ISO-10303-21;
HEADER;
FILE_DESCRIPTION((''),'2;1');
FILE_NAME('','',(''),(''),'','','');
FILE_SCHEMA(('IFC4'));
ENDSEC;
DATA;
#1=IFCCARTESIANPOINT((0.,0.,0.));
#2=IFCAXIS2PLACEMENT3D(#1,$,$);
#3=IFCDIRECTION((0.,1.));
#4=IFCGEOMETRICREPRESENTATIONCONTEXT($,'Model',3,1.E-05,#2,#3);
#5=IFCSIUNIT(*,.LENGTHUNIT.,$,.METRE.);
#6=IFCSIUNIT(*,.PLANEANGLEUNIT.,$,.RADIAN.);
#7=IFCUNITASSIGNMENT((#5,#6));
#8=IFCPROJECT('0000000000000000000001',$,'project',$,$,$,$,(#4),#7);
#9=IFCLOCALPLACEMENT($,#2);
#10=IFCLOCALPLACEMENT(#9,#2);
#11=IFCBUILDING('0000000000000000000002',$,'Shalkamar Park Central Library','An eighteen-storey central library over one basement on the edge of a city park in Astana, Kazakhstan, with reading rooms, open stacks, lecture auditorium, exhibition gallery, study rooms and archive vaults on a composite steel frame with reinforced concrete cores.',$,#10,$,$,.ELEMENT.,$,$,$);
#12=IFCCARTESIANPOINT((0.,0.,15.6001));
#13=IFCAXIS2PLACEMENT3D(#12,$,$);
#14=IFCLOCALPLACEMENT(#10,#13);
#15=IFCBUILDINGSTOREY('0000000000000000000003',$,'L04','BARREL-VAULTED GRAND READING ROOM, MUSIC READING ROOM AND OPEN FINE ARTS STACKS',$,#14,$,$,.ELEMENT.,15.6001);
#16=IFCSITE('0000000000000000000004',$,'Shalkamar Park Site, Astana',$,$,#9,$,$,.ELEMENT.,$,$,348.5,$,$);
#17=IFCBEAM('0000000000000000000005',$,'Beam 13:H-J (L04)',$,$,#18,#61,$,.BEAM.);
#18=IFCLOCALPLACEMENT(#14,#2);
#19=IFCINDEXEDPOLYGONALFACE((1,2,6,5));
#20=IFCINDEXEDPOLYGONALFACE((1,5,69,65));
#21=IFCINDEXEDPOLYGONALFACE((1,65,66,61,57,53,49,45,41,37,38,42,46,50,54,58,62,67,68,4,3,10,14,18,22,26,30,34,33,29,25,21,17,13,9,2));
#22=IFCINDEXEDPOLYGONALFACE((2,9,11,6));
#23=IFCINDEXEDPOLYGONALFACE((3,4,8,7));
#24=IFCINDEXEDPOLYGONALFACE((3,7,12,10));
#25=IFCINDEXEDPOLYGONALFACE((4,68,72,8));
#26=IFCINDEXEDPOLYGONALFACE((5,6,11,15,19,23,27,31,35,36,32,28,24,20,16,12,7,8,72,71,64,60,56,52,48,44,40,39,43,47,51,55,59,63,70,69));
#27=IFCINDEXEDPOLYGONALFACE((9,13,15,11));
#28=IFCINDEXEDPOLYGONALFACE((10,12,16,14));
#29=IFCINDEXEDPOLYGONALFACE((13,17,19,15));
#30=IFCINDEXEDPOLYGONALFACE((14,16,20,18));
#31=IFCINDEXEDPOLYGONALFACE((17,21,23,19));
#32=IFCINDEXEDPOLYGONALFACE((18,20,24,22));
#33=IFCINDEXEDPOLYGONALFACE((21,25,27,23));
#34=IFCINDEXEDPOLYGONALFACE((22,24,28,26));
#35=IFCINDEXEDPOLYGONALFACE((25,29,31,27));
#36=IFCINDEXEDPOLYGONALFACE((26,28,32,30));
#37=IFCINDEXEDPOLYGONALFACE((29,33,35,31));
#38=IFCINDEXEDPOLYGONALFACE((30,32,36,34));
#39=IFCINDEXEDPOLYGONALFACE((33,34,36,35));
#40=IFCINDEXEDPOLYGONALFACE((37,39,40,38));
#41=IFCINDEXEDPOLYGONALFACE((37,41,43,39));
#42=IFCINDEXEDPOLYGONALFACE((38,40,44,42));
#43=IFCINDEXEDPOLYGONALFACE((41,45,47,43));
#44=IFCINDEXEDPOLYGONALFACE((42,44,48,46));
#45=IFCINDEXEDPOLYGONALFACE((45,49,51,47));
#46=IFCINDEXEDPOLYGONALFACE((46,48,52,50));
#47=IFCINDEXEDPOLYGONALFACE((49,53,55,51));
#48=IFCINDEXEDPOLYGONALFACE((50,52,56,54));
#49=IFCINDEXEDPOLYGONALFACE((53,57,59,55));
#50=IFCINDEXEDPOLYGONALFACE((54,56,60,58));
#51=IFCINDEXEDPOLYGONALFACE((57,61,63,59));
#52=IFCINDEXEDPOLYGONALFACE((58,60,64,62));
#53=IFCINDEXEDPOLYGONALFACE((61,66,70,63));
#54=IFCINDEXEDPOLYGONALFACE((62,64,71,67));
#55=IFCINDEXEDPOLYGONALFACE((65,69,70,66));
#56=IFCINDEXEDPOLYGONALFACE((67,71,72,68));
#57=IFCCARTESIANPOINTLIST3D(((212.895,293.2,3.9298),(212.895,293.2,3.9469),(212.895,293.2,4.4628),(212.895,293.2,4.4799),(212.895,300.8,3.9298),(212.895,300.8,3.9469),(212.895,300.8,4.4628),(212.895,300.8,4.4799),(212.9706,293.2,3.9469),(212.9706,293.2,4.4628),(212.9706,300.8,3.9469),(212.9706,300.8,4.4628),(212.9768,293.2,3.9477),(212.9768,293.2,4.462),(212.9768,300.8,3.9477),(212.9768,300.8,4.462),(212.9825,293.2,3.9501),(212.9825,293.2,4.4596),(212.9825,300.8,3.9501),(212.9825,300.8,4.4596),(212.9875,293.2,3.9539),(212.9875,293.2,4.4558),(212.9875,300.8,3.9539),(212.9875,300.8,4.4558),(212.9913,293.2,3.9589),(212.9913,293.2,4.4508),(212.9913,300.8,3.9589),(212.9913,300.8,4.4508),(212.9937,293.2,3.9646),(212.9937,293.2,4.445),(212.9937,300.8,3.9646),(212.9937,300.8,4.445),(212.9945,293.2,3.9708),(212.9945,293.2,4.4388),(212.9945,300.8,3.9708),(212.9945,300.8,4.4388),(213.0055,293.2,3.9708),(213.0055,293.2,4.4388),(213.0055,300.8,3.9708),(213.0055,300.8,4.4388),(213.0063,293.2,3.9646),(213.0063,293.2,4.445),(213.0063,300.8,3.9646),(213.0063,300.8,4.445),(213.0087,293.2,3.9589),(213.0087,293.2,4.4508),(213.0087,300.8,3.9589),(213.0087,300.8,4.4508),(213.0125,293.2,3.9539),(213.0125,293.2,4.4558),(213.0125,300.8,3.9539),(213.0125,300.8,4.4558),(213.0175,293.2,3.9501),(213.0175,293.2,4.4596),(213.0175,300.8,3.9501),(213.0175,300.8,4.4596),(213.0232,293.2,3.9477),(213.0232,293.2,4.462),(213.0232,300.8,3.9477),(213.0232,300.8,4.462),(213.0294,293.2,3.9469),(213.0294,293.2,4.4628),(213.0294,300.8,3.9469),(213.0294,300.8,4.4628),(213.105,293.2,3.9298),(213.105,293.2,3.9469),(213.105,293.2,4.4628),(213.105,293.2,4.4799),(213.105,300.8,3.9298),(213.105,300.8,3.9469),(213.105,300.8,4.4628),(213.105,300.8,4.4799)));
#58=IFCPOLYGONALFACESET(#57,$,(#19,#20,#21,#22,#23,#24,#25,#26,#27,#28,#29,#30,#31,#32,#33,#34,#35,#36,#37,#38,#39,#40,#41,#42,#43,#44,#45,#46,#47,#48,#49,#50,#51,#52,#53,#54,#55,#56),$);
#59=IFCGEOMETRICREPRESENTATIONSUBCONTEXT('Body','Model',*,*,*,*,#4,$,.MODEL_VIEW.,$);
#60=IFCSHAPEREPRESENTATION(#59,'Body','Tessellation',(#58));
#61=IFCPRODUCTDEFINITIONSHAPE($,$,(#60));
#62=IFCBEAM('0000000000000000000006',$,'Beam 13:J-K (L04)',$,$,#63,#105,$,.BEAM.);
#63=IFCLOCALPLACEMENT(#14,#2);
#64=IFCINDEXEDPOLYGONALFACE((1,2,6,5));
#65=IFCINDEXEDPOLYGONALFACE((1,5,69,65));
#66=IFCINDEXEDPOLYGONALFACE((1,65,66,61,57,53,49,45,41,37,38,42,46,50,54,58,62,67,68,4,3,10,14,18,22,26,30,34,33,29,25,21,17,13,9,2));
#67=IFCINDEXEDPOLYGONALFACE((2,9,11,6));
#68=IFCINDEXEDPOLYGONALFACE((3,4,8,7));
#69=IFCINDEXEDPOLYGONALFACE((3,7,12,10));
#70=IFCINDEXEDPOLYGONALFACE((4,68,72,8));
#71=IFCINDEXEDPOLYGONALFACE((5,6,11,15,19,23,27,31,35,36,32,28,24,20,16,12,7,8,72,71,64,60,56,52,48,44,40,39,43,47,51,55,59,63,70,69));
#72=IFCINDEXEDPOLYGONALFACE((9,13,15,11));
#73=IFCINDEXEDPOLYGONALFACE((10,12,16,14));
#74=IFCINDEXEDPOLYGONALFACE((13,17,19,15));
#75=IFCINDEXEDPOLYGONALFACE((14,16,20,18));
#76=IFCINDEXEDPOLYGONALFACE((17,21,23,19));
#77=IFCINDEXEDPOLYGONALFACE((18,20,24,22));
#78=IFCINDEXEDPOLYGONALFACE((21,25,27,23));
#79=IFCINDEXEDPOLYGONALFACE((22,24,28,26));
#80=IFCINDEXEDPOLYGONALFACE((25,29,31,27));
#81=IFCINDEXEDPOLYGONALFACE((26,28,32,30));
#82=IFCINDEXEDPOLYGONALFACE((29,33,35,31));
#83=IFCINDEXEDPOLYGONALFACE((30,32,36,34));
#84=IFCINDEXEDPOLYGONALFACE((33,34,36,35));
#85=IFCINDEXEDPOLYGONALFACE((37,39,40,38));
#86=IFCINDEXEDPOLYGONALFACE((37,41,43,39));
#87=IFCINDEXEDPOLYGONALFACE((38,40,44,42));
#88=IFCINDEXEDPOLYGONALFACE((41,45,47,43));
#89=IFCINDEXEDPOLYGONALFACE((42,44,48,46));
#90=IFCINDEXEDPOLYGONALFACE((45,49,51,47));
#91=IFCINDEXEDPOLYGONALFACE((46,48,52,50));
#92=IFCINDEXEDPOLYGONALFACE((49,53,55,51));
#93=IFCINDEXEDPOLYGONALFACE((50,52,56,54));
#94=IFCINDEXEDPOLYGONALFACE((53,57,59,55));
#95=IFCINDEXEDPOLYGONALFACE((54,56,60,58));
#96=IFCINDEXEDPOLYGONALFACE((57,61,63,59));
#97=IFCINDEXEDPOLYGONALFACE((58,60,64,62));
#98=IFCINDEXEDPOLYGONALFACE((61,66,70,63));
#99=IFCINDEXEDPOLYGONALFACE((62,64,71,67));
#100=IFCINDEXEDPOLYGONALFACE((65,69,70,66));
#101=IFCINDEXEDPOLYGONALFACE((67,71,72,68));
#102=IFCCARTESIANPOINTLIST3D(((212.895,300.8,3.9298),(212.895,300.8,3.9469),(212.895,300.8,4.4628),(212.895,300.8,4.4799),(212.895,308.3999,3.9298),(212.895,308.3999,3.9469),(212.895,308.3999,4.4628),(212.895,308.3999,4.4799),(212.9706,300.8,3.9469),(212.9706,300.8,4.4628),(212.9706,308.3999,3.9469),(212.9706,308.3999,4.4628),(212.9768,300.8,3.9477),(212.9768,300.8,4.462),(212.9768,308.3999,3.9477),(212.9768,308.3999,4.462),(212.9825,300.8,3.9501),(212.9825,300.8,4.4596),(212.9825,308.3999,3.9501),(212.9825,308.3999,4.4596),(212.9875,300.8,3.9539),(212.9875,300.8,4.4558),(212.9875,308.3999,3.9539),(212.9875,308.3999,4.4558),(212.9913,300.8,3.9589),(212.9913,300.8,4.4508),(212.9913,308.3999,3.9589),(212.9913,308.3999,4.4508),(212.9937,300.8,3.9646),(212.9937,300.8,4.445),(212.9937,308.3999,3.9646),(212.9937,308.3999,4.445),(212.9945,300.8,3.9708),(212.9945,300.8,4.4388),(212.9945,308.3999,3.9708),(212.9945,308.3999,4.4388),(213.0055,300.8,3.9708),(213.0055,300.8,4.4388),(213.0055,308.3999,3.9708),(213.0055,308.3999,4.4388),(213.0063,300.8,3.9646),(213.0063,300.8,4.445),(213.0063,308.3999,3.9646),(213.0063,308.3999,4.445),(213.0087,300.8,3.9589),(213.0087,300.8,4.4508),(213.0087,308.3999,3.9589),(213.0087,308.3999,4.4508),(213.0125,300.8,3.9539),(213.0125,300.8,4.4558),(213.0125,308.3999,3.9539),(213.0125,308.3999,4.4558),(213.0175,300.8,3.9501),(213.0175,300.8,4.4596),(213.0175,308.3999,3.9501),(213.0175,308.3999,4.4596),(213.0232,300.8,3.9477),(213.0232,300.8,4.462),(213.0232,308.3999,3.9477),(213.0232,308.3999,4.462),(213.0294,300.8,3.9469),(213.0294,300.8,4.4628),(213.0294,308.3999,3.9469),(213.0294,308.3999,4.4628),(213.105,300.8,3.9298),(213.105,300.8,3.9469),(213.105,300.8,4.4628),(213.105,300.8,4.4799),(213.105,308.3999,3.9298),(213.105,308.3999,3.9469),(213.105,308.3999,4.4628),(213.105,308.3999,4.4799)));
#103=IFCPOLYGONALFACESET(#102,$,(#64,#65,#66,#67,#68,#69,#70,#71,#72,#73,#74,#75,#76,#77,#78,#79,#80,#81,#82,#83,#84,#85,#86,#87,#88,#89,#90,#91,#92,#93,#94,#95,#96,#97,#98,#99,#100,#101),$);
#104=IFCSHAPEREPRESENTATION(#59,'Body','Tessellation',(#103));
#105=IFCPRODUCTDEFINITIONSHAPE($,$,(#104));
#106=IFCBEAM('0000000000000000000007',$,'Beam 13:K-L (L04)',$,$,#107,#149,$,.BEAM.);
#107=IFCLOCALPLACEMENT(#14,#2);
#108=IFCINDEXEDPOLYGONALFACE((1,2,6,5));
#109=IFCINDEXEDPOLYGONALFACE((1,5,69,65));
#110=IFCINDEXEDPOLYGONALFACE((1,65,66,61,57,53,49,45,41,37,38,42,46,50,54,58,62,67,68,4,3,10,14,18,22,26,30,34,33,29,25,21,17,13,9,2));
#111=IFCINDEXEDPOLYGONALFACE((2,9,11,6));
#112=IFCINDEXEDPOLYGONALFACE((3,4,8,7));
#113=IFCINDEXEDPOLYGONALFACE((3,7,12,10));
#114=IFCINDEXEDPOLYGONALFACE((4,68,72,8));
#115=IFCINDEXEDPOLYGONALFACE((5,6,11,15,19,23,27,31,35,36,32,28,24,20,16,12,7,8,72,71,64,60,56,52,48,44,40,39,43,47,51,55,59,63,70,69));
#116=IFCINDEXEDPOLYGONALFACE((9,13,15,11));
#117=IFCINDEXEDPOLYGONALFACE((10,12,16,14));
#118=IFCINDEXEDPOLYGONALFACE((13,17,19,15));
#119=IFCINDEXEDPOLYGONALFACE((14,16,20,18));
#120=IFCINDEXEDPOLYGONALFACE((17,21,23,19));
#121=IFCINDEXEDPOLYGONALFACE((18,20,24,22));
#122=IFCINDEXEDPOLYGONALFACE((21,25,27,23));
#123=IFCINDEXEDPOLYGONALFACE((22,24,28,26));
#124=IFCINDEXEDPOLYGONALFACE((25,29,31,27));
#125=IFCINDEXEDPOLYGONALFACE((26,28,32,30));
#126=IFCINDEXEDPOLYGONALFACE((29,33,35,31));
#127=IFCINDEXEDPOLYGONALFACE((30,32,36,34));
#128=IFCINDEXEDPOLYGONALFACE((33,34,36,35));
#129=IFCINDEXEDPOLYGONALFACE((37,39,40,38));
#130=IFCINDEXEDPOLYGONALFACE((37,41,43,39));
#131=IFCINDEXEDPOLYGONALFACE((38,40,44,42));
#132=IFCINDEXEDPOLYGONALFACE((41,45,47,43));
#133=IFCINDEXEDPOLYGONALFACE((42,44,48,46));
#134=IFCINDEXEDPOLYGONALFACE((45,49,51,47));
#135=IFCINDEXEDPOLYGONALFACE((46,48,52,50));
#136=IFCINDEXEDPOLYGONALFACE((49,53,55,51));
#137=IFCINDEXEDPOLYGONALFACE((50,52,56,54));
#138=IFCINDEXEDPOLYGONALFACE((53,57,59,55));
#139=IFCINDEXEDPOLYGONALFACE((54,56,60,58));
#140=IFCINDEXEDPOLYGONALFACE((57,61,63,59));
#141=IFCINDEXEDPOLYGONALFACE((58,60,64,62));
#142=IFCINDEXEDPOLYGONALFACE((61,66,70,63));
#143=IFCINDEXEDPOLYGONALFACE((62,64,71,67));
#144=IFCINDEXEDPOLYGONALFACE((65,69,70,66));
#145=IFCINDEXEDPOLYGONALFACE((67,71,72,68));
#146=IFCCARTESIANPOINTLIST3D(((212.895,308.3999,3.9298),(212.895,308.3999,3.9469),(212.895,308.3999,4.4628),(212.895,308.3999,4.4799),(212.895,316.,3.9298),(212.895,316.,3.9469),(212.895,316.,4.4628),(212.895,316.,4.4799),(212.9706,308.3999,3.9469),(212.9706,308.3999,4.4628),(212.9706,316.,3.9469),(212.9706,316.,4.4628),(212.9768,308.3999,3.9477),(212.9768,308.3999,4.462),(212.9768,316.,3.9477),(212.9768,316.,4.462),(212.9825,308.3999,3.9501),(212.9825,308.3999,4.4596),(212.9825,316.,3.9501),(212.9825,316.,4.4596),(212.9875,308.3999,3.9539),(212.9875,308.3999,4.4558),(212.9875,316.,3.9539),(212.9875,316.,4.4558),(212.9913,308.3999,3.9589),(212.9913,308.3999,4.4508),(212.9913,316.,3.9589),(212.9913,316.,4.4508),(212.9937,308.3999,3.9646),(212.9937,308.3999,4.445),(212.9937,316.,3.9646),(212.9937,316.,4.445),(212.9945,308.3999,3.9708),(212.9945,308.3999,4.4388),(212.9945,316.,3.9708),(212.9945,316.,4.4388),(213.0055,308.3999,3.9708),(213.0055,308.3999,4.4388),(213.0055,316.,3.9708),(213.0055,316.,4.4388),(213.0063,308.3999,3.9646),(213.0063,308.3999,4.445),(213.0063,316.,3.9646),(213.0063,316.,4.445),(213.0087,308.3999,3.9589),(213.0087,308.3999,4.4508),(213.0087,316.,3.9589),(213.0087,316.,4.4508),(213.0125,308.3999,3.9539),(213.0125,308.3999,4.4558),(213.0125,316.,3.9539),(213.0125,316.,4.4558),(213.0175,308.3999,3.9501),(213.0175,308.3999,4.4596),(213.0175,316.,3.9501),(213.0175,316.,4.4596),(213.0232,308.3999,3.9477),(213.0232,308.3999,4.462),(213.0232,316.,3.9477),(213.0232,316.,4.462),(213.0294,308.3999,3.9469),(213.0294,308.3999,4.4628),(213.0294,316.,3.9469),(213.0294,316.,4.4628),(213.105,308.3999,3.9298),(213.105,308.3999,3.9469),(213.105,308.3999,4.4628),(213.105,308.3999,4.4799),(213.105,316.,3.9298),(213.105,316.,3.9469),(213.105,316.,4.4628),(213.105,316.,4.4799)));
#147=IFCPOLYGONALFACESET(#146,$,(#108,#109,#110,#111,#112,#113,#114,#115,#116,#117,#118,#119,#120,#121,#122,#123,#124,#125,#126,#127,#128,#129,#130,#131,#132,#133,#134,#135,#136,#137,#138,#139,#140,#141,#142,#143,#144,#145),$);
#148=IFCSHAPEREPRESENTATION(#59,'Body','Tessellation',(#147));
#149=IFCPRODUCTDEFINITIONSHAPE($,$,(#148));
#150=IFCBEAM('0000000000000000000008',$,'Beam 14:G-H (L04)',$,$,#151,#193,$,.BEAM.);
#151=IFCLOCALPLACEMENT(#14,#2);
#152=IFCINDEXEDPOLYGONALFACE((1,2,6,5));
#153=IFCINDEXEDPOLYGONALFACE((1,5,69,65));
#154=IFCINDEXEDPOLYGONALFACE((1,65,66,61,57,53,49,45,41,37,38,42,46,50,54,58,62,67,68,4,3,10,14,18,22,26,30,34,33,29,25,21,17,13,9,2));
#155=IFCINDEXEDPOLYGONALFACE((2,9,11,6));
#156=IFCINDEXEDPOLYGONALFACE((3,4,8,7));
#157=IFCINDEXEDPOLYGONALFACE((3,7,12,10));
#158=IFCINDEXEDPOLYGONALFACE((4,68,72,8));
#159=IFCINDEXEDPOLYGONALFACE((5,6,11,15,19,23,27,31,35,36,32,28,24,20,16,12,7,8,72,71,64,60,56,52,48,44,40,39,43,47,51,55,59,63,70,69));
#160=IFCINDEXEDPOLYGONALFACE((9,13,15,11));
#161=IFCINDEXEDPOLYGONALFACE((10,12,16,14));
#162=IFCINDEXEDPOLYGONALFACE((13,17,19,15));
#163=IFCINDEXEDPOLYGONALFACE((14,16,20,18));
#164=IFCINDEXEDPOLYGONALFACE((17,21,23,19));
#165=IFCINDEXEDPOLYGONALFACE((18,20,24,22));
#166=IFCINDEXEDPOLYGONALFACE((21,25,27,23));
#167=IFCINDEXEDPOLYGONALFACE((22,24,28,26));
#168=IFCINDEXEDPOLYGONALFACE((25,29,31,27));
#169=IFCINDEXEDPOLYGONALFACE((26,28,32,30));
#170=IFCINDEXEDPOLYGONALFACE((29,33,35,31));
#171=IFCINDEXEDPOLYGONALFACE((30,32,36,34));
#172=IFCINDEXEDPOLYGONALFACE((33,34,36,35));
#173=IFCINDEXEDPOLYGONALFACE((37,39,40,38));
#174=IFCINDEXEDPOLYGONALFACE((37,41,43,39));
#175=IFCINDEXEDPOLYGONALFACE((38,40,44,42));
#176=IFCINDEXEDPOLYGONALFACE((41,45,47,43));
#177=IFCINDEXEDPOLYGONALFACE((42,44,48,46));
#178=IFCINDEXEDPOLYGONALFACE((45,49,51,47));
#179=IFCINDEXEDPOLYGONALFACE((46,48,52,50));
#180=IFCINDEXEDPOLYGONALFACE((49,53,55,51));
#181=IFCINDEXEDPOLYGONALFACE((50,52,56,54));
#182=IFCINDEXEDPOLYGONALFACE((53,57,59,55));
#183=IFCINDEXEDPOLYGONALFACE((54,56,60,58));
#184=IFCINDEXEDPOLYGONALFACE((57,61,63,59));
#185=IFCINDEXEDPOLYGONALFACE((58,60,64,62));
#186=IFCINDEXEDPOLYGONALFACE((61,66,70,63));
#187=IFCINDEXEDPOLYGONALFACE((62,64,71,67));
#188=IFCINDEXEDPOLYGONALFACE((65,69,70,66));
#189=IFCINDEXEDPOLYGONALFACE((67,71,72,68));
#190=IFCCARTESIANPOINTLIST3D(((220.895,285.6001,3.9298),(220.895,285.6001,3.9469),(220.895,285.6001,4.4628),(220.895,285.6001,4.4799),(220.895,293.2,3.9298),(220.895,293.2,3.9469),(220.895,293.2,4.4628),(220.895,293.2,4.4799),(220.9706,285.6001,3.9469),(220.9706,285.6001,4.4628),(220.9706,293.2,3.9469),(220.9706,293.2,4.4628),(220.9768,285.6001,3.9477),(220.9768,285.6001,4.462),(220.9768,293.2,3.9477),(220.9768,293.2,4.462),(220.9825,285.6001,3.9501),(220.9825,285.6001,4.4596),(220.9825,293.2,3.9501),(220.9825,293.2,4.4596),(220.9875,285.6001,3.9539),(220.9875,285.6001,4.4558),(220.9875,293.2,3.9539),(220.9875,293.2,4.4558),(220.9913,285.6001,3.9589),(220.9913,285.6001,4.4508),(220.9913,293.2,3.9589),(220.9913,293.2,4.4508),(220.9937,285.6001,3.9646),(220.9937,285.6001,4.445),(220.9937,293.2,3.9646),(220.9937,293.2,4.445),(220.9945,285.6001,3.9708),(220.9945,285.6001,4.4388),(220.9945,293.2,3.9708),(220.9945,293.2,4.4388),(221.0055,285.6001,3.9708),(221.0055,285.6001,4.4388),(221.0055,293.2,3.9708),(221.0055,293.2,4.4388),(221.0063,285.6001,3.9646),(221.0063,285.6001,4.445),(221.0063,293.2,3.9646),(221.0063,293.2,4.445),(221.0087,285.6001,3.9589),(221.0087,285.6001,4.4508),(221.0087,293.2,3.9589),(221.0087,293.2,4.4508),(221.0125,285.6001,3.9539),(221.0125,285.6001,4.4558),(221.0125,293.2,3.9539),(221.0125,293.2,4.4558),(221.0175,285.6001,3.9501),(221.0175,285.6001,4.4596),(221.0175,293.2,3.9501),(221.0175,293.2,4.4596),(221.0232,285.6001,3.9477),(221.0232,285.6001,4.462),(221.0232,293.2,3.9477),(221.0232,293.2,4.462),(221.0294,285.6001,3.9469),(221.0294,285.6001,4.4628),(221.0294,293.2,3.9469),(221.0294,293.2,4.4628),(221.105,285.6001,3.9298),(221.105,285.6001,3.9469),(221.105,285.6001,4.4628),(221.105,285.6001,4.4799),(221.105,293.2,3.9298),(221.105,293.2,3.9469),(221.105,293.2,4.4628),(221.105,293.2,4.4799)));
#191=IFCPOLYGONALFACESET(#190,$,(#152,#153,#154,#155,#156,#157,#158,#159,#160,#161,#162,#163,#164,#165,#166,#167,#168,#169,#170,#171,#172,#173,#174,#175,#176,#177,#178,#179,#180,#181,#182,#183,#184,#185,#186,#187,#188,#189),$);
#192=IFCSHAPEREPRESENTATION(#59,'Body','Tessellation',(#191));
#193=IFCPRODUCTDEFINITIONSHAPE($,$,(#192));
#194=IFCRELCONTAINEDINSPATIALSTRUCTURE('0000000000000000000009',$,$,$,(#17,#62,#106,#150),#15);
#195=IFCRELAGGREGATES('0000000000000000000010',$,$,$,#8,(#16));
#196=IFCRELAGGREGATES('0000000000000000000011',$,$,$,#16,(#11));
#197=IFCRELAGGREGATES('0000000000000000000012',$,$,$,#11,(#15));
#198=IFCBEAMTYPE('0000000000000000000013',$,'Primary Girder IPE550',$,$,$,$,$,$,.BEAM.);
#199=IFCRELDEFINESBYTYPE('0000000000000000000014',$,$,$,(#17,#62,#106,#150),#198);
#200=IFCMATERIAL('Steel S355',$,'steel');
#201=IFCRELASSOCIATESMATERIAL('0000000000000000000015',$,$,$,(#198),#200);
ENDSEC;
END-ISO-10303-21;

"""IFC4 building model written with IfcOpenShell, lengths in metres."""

from ifc_helpers import new_model, si_unit, direction, frame, origin, origin_2d, place, context, subcontext, project, spatial, i_section, extrude, material, material_profile, profile_set, type_object, element, save


model = new_model("IFC4")

# Units and contexts
model_context = context("Model", 3, precision=1e-05, world=origin(), true_north=direction((0.0, 1.0)))
body_context = subcontext(model_context, "Body", "Model", "MODEL_VIEW")
ifc_project = project(units=[si_unit("LENGTHUNIT", "METRE"), si_unit("PLANEANGLEUNIT", "RADIAN")], contexts=[model_context])

# Site, building, storey
site_placement = place(None, origin())
site = spatial("IfcSite", under=ifc_project, at=site_placement, Name="Shalkamar Park Site, Astana", CompositionType="ELEMENT", RefElevation=348.5)
building_placement = place(site_placement, origin())
building = spatial("IfcBuilding", under=site, at=building_placement, Name="Shalkamar Park Central Library", Description="An eighteen-storey central library over one basement on the edge of a city park in Astana, Kazakhstan, with reading rooms, open stacks, lecture auditorium, exhibition gallery, study rooms and archive vaults on a composite steel frame with reinforced concrete cores.", CompositionType="ELEMENT")
storey_placement = place(building_placement, frame((0.0, 0.0, 15.6001)))
storey = spatial("IfcBuildingStorey", under=building, at=storey_placement, Name="L04", Description="BARREL-VAULTED GRAND READING ROOM, MUSIC READING ROOM AND OPEN FINE ARTS STACKS", CompositionType="ELEMENT", Elevation=15.6001)

# Shared definitions
ifc_material_1 = material(Name="Steel S355", Category="steel")

# Beams
ifc_material_profile_1 = material_profile(ifc_material_1, i_section(OverallWidth=0.21, OverallDepth=0.55, WebThickness=0.011, FlangeThickness=0.0171, FilletRadius=0.0239, at=origin_2d()), Name="IPE 550")
ifc_profile_set_1 = profile_set([ifc_material_profile_1], Name="Steel S355")
beam_type_1 = type_object("IfcBeamType", Name="Primary Girder IPE550", PredefinedType="BEAM", material=ifc_profile_set_1)
beam_1_placement = place(storey_placement, frame((213.0, 293.2, 4.2048), z_axis=(0.0, 1.0, 0.0), x_axis=(-1.0, 0.0, 0.0)))
element("IfcBeam", 1, at=beam_1_placement, inside=storey, type_object=beam_type_1, Name="Beam 13:H-J (L04)", PredefinedType="BEAM", context=body_context, shape_type="SweptSolid", body=[
    extrude(i_section(OverallWidth=0.21, OverallDepth=0.55, WebThickness=0.011, FlangeThickness=0.0171, FilletRadius=0.0239, at=origin_2d()), origin(), (0.0, 0.0, 1.0), 7.6001),
])
beam_2_placement = place(storey_placement, frame((213.0, 300.8, 4.2048), z_axis=(0.0, 1.0, 0.0), x_axis=(-1.0, 0.0, 0.0)))
element("IfcBeam", 2, at=beam_2_placement, inside=storey, type_object=beam_type_1, Name="Beam 13:J-K (L04)", PredefinedType="BEAM", context=body_context, shape_type="SweptSolid", body=[
    extrude(i_section(OverallWidth=0.21, OverallDepth=0.55, WebThickness=0.011, FlangeThickness=0.0171, FilletRadius=0.0239, at=origin_2d()), origin(), (0.0, 0.0, 1.0), 7.5999),
])
beam_3_placement = place(storey_placement, frame((213.0, 308.3999, 4.2048), z_axis=(0.0, 1.0, 0.0), x_axis=(-1.0, 0.0, 0.0)))
element("IfcBeam", 3, at=beam_3_placement, inside=storey, type_object=beam_type_1, Name="Beam 13:K-L (L04)", PredefinedType="BEAM", context=body_context, shape_type="SweptSolid", body=[
    extrude(i_section(OverallWidth=0.21, OverallDepth=0.55, WebThickness=0.011, FlangeThickness=0.0171, FilletRadius=0.0239, at=origin_2d()), origin(), (0.0, 0.0, 1.0), 7.6001),
])
beam_4_placement = place(storey_placement, frame((221.0, 285.6001, 4.2048), z_axis=(0.0, 1.0, 0.0), x_axis=(-1.0, 0.0, 0.0)))
element("IfcBeam", 4, at=beam_4_placement, inside=storey, type_object=beam_type_1, Name="Beam 14:G-H (L04)", PredefinedType="BEAM", context=body_context, shape_type="SweptSolid", body=[
    extrude(i_section(OverallWidth=0.21, OverallDepth=0.55, WebThickness=0.011, FlangeThickness=0.0171, FilletRadius=0.0239, at=origin_2d()), origin(), (0.0, 0.0, 1.0), 7.5999),
])

save(model, "model.ifc")
